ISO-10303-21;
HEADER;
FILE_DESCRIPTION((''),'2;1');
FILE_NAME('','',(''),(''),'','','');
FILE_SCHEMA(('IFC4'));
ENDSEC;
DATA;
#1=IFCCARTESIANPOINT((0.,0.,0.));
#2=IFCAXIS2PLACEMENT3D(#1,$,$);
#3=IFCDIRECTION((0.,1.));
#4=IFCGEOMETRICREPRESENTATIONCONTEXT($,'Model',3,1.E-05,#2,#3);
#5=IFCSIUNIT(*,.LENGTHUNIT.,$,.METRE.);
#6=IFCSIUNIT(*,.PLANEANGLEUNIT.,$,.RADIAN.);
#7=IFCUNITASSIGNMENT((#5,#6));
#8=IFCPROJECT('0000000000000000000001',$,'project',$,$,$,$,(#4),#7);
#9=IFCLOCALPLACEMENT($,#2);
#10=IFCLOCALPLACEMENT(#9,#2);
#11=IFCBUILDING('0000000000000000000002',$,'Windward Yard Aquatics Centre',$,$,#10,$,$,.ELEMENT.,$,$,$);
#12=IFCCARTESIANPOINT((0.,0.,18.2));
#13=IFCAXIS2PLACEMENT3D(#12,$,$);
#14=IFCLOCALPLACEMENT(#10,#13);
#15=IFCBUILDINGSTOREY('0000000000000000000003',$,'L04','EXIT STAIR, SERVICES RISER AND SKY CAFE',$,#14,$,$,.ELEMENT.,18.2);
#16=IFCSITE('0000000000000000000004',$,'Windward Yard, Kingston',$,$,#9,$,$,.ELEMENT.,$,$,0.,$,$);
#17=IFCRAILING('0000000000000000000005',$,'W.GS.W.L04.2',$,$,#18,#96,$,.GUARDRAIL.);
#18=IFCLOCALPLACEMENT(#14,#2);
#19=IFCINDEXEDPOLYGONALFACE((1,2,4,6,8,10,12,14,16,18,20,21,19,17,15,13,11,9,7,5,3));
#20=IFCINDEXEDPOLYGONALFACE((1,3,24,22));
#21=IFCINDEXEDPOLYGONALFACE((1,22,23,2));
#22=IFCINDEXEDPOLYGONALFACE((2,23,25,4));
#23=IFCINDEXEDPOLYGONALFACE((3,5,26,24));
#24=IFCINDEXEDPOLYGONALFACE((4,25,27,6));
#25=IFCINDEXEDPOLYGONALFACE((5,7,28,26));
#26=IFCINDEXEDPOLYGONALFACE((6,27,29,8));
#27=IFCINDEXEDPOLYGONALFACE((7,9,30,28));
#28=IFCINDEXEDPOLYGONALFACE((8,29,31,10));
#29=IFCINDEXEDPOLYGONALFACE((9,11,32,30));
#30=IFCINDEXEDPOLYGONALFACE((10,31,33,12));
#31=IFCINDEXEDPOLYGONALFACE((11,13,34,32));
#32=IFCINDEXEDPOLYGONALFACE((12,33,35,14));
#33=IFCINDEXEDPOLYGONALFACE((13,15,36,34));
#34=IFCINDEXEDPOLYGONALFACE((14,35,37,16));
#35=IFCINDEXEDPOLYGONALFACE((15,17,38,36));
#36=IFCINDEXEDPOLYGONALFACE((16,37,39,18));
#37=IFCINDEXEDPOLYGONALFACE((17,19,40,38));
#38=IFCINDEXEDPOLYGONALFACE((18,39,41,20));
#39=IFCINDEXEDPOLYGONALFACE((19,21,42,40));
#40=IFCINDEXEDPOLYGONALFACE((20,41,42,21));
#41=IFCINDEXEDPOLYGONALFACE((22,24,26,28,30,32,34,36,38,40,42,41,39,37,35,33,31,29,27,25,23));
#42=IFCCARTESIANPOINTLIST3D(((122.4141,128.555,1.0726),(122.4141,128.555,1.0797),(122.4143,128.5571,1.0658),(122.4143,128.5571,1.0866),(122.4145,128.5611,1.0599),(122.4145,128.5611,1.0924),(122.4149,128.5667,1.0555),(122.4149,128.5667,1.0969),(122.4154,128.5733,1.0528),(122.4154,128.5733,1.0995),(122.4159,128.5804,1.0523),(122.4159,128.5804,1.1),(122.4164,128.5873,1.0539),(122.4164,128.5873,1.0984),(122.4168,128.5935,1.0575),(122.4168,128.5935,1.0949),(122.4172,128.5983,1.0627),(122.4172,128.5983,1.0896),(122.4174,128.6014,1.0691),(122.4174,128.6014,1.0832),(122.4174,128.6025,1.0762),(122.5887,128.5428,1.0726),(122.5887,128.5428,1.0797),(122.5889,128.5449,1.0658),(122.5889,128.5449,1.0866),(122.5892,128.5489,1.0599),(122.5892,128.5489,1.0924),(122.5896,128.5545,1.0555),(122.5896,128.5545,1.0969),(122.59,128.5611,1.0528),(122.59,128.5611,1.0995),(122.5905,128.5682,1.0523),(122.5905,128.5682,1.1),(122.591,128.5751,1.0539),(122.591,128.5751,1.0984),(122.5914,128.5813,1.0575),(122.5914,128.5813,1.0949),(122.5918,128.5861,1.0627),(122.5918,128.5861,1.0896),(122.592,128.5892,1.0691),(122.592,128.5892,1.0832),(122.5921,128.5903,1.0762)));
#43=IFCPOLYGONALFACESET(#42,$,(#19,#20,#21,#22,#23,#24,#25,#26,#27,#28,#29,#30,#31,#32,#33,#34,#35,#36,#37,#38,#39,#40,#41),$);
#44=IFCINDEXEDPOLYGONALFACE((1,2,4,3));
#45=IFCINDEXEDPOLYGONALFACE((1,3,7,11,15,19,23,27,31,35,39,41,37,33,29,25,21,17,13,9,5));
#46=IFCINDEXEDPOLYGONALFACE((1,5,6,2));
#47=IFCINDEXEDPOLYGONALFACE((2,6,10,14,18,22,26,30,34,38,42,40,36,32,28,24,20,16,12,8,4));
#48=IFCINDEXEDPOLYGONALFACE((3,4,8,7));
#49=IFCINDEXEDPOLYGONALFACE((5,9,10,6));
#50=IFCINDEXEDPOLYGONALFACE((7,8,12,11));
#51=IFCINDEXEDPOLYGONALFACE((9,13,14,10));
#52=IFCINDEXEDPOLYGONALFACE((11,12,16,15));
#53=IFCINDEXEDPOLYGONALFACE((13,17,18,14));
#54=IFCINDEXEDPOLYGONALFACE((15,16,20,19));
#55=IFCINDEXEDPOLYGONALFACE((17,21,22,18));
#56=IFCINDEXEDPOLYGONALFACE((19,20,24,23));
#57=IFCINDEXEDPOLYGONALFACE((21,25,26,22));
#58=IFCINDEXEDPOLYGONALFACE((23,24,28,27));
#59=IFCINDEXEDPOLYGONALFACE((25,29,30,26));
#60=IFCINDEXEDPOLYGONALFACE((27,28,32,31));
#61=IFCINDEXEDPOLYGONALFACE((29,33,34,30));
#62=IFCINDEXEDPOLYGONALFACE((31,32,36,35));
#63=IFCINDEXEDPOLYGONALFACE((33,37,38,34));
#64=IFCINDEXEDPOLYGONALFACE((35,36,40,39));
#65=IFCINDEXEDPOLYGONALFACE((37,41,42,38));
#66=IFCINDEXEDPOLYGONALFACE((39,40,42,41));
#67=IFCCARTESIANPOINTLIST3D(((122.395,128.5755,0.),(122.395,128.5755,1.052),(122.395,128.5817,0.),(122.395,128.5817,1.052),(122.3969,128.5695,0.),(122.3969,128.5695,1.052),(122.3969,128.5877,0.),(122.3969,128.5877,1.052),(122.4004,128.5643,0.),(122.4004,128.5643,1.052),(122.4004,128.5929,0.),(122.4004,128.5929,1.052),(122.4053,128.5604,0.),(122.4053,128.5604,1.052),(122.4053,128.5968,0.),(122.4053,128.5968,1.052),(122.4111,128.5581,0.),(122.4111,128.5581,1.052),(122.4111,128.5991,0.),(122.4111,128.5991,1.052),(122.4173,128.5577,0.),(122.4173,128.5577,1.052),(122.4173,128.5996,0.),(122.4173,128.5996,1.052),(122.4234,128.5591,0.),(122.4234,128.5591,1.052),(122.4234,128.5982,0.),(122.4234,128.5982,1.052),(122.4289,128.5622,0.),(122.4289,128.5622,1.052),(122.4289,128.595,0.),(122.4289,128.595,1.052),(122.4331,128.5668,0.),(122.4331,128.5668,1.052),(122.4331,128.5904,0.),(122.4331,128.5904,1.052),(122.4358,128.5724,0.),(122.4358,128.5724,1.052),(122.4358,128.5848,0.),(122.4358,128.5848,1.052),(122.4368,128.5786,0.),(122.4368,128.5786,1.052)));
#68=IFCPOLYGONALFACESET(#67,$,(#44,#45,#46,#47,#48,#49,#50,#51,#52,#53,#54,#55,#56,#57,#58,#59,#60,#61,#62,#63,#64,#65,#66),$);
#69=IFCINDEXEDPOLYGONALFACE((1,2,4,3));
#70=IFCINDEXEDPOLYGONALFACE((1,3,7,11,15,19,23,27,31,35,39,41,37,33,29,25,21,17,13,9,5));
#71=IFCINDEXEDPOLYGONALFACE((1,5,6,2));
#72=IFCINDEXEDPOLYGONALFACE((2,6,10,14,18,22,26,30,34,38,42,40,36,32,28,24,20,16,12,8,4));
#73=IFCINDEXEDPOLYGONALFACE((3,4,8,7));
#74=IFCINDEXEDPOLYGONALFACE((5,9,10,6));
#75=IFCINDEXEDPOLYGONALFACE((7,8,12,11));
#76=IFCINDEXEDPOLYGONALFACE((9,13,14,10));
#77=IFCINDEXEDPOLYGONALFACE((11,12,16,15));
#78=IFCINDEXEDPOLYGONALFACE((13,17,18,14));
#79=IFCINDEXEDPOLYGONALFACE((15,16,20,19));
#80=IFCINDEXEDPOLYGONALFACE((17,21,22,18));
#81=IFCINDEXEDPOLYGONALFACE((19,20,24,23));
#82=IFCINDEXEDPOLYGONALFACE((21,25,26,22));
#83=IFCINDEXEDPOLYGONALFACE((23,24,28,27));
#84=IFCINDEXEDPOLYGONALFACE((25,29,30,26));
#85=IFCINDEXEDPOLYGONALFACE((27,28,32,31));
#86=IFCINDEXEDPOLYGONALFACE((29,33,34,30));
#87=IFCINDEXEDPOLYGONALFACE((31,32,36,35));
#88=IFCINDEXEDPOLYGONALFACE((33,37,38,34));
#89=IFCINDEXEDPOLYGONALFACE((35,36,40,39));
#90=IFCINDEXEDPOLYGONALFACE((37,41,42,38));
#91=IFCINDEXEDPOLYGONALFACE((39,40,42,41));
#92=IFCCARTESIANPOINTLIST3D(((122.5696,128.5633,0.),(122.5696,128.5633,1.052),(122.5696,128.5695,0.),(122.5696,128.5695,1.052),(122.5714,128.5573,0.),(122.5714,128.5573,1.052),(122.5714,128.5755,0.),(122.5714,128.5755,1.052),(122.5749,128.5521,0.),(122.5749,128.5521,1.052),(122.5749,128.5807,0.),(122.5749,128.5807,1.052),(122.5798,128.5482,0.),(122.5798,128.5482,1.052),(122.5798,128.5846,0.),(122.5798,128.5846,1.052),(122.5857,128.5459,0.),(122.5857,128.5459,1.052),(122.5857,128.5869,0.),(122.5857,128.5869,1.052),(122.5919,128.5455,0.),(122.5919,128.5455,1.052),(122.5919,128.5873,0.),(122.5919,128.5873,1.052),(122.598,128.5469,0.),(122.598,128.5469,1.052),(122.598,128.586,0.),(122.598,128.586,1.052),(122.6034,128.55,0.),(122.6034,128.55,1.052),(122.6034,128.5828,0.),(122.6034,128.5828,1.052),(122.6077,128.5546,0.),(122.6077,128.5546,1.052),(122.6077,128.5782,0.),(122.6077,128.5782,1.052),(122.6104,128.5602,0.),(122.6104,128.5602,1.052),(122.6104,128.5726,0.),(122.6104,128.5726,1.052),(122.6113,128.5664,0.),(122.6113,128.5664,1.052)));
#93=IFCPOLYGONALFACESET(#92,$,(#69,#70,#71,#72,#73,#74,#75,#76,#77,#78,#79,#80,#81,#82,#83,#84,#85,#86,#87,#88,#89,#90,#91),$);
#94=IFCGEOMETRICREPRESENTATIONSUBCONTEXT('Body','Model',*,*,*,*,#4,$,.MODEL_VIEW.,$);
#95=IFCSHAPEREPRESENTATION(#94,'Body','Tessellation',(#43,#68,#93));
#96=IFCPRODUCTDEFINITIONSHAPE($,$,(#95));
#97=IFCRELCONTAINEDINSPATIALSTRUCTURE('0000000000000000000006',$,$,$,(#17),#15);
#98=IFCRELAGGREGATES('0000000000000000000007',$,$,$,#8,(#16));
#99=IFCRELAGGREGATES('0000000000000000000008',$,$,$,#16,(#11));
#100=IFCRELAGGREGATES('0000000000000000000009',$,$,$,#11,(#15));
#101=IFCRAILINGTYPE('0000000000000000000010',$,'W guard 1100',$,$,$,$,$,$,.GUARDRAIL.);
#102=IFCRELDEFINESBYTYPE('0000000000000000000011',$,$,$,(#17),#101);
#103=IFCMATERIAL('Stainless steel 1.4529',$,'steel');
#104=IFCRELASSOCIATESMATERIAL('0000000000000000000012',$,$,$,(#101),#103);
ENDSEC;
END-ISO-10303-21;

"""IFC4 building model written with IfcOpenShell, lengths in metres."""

from ifc_helpers import new_model, si_unit, direction, frame, origin, origin_2d, place, context, subcontext, project, spatial, circle, extrude, material, type_object, element, save


model = new_model("IFC4")

# Units and contexts
model_context = context("Model", 3, precision=1e-05, world=origin(), true_north=direction((0.0, 1.0)))
body_context = subcontext(model_context, "Body", "Model", "MODEL_VIEW")
ifc_project = project(units=[si_unit("LENGTHUNIT", "METRE"), si_unit("PLANEANGLEUNIT", "RADIAN")], contexts=[model_context])

# Site, building, storey
site_placement = place(None, origin())
site = spatial("IfcSite", under=ifc_project, at=site_placement, Name="Windward Yard, Kingston", CompositionType="ELEMENT", RefElevation=0.0)
building_placement = place(site_placement, origin())
building = spatial("IfcBuilding", under=site, at=building_placement, Name="Windward Yard Aquatics Centre", CompositionType="ELEMENT")
storey_placement = place(building_placement, frame((0.0, 0.0, 18.2)))
storey = spatial("IfcBuildingStorey", under=building, at=storey_placement, Name="L04", Description="EXIT STAIR, SERVICES RISER AND SKY CAFE", CompositionType="ELEMENT", Elevation=18.2)

# Railing
ifc_material_1 = material(Name="Stainless steel 1.4529", Category="steel")
railing_type_1 = type_object("IfcRailingType", Name="W guard 1100", PredefinedType="GUARDRAIL", material=ifc_material_1)
railing_1_placement = place(storey_placement, frame((122.4158, 128.5786, 0.0)))
element("IfcRailing", 1, at=railing_1_placement, inside=storey, type_object=railing_type_1, Name="W.GS.W.L04.2", PredefinedType="GUARDRAIL", context=body_context, shape_type="SweptSolid", body=[
    extrude(circle(Radius=0.0239, at=origin_2d()), frame((0.0, 0.0, 1.0762), z_axis=(0.997564, -0.06976, 0.0), x_axis=(0.06976, 0.997564, 0.0)), (0.0, 0.0, 1.0), 0.175),
    extrude(circle(Radius=0.021, at=origin_2d()), origin(), (0.0, 0.0, 1.0), 1.052),
    extrude(circle(Radius=0.021, at=origin_2d()), frame((0.1746, -0.0122, 0.0)), (0.0, 0.0, 1.0), 1.052),
])

save(model, "model.ifc")
